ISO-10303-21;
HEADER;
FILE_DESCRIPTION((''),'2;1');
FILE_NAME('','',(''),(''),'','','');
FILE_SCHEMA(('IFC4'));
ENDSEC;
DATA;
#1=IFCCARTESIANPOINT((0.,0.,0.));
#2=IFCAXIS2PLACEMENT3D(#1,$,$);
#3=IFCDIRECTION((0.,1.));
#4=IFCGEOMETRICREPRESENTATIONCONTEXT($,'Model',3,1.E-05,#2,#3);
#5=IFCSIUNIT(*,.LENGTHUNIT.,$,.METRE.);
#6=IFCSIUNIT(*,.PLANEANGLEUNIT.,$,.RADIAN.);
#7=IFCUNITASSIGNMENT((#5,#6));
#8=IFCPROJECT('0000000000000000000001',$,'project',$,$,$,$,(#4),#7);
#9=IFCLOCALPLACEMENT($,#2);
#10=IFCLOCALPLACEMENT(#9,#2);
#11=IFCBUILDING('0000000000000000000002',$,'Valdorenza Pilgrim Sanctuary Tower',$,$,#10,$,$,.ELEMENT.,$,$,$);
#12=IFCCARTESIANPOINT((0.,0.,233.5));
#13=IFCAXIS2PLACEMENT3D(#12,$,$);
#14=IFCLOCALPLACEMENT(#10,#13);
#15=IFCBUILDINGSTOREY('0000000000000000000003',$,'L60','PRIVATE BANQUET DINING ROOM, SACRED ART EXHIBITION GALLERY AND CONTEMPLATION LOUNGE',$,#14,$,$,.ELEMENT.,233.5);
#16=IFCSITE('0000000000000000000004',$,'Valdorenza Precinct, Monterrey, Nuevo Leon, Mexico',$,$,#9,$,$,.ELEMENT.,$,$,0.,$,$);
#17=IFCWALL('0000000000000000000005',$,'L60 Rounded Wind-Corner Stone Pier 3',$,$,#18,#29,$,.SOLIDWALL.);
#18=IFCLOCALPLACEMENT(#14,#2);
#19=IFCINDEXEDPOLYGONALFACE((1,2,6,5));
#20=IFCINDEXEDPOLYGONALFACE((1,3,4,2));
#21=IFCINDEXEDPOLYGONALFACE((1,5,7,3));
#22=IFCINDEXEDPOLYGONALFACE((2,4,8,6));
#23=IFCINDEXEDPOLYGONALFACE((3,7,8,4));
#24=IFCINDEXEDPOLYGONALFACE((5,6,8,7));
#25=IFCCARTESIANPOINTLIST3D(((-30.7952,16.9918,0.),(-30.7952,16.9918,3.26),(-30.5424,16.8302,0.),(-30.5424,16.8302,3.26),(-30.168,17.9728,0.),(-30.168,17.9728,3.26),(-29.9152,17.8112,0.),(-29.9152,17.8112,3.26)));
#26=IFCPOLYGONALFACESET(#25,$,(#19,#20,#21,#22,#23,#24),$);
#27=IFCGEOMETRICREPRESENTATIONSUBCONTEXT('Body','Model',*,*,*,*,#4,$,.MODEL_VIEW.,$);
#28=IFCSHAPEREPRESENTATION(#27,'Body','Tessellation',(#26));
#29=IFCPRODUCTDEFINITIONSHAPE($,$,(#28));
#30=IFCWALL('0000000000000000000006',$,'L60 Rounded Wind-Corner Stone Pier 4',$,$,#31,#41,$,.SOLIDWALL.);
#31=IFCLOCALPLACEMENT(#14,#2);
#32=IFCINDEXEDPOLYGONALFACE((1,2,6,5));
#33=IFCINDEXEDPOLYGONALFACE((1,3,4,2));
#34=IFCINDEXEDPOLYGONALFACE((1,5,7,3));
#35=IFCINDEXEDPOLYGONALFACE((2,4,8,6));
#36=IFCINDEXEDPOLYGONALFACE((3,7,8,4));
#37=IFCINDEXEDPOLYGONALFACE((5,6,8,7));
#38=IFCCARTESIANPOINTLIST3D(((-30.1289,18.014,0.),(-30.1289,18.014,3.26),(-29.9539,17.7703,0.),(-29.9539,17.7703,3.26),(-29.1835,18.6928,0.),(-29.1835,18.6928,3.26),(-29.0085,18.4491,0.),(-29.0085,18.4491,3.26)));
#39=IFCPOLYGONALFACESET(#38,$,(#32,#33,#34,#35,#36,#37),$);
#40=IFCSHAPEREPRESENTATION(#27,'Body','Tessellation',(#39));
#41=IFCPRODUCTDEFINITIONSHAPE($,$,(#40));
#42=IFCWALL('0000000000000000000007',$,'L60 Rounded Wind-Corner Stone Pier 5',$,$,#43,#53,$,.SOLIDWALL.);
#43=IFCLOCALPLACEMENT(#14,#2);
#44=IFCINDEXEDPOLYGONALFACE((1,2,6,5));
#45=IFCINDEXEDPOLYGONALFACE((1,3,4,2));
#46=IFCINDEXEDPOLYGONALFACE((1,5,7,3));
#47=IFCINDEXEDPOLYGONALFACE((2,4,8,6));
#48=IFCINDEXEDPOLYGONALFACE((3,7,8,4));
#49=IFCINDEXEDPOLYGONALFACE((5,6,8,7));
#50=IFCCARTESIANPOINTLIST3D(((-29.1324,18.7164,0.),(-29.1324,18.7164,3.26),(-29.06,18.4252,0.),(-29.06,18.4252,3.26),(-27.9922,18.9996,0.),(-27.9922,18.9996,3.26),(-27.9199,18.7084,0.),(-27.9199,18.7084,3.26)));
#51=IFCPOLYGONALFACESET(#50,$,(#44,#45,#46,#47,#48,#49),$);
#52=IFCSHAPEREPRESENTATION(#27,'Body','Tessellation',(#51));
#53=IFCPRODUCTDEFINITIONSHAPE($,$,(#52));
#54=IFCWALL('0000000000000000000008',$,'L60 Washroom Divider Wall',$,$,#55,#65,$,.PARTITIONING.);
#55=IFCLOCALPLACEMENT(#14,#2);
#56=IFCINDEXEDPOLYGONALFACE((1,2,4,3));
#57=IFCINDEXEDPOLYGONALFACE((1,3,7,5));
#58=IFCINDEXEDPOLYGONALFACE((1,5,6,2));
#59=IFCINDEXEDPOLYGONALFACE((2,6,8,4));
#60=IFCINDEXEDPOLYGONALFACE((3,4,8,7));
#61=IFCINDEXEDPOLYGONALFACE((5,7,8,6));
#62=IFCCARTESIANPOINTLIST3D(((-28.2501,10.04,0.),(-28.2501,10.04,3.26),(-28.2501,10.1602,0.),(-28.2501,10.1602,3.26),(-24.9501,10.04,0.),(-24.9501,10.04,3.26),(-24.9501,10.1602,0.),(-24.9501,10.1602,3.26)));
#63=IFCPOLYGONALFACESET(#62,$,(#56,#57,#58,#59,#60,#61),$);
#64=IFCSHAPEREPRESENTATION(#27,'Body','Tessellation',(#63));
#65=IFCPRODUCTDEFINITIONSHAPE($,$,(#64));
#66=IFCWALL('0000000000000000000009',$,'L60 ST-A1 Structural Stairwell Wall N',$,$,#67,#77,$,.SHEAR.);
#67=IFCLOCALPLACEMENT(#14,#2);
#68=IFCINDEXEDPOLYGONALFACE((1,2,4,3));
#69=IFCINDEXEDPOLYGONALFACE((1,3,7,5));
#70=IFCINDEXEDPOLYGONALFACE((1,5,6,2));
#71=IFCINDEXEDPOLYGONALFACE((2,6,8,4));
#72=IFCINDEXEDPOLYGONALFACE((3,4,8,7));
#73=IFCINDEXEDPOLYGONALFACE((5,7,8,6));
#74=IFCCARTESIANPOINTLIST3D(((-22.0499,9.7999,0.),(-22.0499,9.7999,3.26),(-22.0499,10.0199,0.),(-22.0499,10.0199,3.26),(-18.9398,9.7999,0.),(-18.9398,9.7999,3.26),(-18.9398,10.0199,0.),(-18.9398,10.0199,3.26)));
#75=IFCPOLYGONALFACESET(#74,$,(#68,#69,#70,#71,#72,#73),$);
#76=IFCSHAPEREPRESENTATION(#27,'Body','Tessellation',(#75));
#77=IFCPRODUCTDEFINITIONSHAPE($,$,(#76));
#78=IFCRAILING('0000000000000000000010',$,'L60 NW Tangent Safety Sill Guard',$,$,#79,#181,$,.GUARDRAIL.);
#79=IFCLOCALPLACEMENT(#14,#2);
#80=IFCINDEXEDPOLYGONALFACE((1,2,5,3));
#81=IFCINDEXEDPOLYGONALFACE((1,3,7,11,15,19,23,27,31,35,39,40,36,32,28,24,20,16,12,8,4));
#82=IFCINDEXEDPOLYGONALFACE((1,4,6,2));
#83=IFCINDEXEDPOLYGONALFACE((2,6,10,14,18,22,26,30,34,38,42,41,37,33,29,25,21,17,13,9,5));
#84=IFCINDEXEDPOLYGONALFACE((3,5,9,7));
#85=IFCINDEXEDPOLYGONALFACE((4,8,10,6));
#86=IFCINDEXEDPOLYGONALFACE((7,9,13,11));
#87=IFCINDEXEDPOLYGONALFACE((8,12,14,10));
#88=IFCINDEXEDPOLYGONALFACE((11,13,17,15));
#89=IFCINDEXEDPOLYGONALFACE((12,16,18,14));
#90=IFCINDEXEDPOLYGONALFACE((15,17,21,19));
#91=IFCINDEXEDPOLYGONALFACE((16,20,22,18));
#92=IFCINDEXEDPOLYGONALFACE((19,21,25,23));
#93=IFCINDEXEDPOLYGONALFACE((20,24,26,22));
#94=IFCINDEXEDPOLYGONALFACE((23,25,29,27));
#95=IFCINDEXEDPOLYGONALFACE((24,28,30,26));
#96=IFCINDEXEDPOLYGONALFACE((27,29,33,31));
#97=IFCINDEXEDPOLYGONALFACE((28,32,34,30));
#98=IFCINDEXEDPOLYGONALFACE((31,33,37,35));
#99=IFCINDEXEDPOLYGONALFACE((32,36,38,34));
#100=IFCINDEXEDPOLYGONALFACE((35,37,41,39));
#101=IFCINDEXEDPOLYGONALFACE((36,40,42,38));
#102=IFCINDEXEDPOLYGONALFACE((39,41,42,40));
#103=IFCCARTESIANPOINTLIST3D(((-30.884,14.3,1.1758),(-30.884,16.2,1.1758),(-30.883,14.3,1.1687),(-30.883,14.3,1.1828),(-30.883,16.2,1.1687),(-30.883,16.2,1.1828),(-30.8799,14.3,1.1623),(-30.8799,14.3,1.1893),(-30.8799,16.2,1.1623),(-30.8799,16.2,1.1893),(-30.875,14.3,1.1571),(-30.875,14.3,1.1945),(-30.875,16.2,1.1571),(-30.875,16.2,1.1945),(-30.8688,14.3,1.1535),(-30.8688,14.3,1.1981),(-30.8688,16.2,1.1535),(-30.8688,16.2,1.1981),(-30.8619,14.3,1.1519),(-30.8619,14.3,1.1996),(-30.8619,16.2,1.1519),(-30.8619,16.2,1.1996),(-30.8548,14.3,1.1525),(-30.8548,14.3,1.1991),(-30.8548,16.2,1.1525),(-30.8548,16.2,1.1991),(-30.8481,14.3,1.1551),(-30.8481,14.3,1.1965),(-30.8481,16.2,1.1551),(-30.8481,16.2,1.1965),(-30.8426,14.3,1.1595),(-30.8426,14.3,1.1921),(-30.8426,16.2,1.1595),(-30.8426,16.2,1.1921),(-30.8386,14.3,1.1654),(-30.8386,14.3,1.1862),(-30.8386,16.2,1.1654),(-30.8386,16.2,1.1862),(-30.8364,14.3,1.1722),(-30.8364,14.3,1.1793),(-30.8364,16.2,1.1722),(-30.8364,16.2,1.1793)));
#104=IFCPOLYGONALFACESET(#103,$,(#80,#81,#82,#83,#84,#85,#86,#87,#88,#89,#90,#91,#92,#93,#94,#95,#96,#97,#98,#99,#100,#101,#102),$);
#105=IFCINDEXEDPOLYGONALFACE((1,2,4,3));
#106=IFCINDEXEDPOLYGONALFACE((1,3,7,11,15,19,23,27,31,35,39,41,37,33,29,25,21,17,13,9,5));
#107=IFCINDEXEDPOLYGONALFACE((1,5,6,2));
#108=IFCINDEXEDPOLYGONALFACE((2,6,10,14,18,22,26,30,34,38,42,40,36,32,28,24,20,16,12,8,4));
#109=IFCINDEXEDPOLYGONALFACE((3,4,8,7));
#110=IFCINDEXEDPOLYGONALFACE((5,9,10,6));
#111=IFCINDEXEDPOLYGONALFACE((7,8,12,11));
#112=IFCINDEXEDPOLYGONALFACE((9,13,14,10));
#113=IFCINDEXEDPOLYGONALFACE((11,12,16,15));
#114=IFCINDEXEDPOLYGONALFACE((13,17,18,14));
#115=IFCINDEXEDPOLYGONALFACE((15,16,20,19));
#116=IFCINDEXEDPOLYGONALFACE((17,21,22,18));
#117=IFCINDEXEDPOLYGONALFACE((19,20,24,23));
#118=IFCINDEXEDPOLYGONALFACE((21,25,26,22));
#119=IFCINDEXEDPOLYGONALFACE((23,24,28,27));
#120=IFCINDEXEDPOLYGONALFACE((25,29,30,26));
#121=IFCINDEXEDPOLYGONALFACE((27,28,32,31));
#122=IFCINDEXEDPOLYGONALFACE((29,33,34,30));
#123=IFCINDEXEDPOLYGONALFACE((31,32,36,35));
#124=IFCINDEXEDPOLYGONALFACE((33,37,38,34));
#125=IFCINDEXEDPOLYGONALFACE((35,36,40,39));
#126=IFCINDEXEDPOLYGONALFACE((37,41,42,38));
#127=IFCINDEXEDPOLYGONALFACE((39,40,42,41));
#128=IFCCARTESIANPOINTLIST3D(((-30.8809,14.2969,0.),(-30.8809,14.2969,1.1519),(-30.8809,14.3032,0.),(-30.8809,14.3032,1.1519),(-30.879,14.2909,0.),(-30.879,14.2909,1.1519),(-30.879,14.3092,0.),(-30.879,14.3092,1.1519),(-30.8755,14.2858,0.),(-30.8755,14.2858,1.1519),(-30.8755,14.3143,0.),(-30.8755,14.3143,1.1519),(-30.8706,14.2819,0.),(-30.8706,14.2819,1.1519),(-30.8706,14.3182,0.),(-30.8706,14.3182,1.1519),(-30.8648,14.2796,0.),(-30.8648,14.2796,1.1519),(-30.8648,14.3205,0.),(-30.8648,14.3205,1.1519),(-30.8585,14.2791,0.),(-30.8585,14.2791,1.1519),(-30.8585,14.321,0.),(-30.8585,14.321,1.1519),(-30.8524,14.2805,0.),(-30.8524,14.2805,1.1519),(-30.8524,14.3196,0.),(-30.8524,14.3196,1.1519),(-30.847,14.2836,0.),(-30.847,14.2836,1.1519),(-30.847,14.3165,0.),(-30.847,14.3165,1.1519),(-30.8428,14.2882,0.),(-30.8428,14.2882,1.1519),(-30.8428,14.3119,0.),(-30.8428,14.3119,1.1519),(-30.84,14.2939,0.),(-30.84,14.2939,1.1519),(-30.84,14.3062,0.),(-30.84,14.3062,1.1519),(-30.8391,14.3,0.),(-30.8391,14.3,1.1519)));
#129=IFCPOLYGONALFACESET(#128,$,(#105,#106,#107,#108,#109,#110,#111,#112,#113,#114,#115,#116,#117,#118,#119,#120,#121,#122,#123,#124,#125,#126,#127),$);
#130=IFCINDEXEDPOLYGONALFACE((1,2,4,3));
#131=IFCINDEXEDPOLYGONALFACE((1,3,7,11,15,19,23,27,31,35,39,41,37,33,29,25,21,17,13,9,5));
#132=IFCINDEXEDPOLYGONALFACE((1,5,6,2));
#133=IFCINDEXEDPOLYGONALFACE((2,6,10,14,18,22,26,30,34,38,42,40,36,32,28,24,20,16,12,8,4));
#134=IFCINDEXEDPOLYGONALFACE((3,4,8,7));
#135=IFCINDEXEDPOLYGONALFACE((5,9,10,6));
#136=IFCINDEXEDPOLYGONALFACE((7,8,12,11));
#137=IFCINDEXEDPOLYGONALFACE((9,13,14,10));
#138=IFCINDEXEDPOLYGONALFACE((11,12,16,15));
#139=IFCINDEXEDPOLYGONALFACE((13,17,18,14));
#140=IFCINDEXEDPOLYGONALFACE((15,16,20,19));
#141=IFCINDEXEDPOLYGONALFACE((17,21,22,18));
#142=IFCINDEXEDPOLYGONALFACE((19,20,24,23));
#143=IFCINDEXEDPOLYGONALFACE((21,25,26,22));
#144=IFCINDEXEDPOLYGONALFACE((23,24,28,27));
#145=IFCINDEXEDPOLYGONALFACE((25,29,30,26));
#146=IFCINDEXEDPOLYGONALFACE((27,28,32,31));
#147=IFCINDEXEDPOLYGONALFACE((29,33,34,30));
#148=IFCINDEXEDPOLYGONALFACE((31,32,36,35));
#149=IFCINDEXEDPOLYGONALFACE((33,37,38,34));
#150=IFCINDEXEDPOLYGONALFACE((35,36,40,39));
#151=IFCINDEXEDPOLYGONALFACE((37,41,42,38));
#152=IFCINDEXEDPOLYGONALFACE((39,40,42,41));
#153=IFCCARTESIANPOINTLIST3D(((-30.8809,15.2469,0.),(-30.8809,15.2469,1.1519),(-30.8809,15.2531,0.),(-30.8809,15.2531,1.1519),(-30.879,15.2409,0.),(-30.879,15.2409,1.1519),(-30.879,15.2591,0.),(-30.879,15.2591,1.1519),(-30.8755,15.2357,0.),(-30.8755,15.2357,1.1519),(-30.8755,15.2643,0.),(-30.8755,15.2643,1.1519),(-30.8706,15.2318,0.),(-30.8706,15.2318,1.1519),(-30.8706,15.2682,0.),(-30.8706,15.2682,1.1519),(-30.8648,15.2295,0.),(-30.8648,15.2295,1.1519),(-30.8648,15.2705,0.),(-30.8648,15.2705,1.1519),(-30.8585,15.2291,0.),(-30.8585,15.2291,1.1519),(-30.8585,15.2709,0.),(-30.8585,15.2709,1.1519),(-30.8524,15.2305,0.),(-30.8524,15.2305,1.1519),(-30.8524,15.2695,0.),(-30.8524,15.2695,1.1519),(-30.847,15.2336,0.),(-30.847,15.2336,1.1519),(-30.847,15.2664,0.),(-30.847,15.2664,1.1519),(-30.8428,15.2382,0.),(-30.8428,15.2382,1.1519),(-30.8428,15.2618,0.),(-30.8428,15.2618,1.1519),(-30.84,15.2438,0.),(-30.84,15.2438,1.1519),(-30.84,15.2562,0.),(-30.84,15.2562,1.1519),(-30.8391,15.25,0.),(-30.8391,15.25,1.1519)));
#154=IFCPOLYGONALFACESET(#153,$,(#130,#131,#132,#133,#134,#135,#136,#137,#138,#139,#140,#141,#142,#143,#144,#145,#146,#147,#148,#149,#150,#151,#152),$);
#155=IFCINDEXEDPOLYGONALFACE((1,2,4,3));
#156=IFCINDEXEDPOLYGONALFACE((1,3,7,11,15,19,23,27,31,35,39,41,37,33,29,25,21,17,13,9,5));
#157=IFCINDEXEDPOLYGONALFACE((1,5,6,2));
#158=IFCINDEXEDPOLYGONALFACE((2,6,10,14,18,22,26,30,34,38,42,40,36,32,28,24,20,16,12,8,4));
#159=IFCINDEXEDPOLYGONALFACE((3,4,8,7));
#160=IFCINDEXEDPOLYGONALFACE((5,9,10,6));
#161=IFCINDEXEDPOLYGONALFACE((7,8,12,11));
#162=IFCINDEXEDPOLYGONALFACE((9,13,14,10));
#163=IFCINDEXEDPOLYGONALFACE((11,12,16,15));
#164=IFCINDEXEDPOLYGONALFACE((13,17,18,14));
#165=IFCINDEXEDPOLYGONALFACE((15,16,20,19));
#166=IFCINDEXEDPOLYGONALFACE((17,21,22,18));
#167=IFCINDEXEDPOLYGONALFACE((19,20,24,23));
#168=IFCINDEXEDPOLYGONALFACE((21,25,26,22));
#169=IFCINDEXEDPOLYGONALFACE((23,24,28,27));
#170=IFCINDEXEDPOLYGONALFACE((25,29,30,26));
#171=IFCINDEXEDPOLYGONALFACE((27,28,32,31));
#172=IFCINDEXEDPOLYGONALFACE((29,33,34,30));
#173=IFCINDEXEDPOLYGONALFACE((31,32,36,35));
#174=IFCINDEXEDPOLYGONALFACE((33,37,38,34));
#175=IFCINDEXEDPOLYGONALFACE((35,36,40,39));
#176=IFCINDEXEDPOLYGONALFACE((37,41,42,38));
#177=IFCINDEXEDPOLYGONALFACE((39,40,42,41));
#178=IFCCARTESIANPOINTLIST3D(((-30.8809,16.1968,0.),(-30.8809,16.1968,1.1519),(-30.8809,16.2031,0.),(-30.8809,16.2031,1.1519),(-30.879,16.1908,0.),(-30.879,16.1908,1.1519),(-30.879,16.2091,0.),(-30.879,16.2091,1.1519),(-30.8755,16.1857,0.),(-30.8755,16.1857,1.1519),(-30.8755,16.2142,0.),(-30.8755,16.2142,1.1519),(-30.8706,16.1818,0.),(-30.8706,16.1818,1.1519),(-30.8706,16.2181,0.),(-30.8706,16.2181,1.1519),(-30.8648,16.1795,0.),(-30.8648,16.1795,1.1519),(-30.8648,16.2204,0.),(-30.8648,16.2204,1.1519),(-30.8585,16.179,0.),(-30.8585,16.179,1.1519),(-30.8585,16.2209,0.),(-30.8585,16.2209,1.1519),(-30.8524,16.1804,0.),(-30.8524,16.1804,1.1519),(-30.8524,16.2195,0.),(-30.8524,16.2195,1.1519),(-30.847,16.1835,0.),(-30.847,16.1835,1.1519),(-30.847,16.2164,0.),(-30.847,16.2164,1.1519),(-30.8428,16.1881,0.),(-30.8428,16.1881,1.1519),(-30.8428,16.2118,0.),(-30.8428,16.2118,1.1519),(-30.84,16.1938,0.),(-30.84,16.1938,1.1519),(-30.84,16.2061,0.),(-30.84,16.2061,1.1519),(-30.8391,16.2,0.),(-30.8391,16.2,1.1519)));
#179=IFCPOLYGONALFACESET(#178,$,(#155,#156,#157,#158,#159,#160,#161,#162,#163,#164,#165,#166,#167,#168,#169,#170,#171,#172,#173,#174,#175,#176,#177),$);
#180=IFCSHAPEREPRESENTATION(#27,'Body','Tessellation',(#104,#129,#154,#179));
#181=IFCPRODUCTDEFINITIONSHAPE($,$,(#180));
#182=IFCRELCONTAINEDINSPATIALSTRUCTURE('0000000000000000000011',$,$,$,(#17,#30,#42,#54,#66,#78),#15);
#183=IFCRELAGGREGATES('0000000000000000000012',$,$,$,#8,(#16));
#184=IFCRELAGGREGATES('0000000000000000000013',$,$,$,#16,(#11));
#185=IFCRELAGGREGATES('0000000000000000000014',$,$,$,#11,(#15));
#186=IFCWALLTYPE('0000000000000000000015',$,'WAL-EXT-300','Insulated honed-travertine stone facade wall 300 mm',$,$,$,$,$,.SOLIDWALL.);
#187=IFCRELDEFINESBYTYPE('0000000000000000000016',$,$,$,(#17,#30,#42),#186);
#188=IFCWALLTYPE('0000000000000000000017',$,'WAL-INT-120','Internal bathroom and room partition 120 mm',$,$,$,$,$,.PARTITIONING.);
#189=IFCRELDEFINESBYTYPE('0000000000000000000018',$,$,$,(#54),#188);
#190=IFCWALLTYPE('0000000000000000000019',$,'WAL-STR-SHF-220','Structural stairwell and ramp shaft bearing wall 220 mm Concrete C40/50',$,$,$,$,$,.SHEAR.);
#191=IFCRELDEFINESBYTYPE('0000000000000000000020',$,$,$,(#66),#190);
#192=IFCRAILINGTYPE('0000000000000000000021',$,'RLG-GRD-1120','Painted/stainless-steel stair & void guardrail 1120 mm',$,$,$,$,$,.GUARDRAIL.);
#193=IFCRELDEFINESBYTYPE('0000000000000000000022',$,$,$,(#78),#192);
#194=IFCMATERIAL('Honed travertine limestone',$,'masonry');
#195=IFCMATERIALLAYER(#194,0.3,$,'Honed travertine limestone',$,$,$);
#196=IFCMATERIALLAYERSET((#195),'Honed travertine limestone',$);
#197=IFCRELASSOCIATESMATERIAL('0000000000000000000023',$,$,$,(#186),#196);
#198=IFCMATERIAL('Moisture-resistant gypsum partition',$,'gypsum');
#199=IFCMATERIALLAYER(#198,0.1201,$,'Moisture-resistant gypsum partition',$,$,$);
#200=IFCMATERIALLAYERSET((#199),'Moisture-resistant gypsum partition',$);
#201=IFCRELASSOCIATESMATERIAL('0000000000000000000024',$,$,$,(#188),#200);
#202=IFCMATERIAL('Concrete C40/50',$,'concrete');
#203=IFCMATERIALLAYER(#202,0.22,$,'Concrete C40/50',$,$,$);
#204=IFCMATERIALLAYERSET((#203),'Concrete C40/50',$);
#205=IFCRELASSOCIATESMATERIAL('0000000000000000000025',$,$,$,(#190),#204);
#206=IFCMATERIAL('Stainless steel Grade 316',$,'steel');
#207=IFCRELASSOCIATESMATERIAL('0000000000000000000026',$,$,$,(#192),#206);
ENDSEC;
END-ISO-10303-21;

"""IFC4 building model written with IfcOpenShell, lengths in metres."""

from ifc_helpers import new_model, si_unit, direction, frame, frame_2d, origin, origin_2d, place, context, subcontext, project, spatial, rectangle, circle, extrude, material, layer, layer_set, type_object, element, save


model = new_model("IFC4")

# Units and contexts
model_context = context("Model", 3, precision=1e-05, world=origin(), true_north=direction((0.0, 1.0)))
body_context = subcontext(model_context, "Body", "Model", "MODEL_VIEW")
ifc_project = project(units=[si_unit("LENGTHUNIT", "METRE"), si_unit("PLANEANGLEUNIT", "RADIAN")], contexts=[model_context])

# Site, building, storey
site_placement = place(None, origin())
site = spatial("IfcSite", under=ifc_project, at=site_placement, Name="Valdorenza Precinct, Monterrey, Nuevo Leon, Mexico", CompositionType="ELEMENT", RefElevation=0.0)
building_placement = place(site_placement, origin())
building = spatial("IfcBuilding", under=site, at=building_placement, Name="Valdorenza Pilgrim Sanctuary Tower", CompositionType="ELEMENT")
storey_placement = place(building_placement, frame((0.0, 0.0, 233.5)))
storey = spatial("IfcBuildingStorey", under=building, at=storey_placement, Name="L60", Description="PRIVATE BANQUET DINING ROOM, SACRED ART EXHIBITION GALLERY AND CONTEMPLATION LOUNGE", CompositionType="ELEMENT", Elevation=233.5)

# Shared definitions
ifc_material_1 = material(Name="Honed travertine limestone", Category="masonry")

# Walls
ifc_layer_1 = layer(ifc_material_1, 0.3, Name="Honed travertine limestone")
ifc_layer_set_1 = layer_set([ifc_layer_1], Name="Honed travertine limestone")
wall_type_1 = type_object("IfcWallType", Name="WAL-EXT-300", Description="Insulated honed-travertine stone facade wall 300 mm", PredefinedType="SOLIDWALL", material=ifc_layer_set_1)
wall_1_placement = place(storey_placement, frame((-30.6687, 16.9111, 0.0), z_axis=(0.0, 0.0, 1.0), x_axis=(0.538679, 0.842511, 0.0)))
element("IfcWall", 1, at=wall_1_placement, inside=storey, type_object=wall_type_1, Name="L60 Rounded Wind-Corner Stone Pier 3", PredefinedType="SOLIDWALL", context=body_context, shape_type="SweptSolid", body=[
    extrude(rectangle(XDim=1.1643, YDim=0.3, at=frame_2d((0.582, 0.0))), origin(), (0.0, 0.0, 1.0), 3.26),
])
wall_2_placement = place(storey_placement, frame((-30.0415, 17.8921, 0.0), z_axis=(0.0, 0.0, 1.0), x_axis=(0.812314, 0.583221, 0.0)))
element("IfcWall", 2, at=wall_2_placement, inside=storey, type_object=wall_type_1, Name="L60 Rounded Wind-Corner Stone Pier 4", PredefinedType="SOLIDWALL", context=body_context, shape_type="SweptSolid", body=[
    extrude(rectangle(XDim=1.1638, YDim=0.3, at=frame_2d((0.582, 0.0))), origin(), (0.0, 0.0, 1.0), 3.26),
])
wall_3_placement = place(storey_placement, frame((-29.0962, 18.5708, 0.0), z_axis=(0.0, 0.0, 1.0), x_axis=(0.970508, 0.241068, 0.0)))
element("IfcWall", 3, at=wall_3_placement, inside=storey, type_object=wall_type_1, Name="L60 Rounded Wind-Corner Stone Pier 5", PredefinedType="SOLIDWALL", context=body_context, shape_type="SweptSolid", body=[
    extrude(rectangle(XDim=1.1748, YDim=0.3, at=frame_2d((0.5874, 0.0))), origin(), (0.0, 0.0, 1.0), 3.26),
])
ifc_material_2 = material(Name="Moisture-resistant gypsum partition", Category="gypsum")
ifc_layer_2 = layer(ifc_material_2, 0.1201, Name="Moisture-resistant gypsum partition")
ifc_layer_set_2 = layer_set([ifc_layer_2], Name="Moisture-resistant gypsum partition")
wall_type_2 = type_object("IfcWallType", Name="WAL-INT-120", Description="Internal bathroom and room partition 120 mm", PredefinedType="PARTITIONING", material=ifc_layer_set_2)
wall_4_placement = place(storey_placement, frame((-28.25, 10.1001, 0.0), z_axis=(0.0, 0.0, 1.0), x_axis=(1.0, 0.0, 0.0)))
element("IfcWall", 4, at=wall_4_placement, inside=storey, type_object=wall_type_2, Name="L60 Washroom Divider Wall", PredefinedType="PARTITIONING", context=body_context, shape_type="SweptSolid", body=[
    extrude(rectangle(XDim=3.3, YDim=0.1201, at=frame_2d((1.6499, 0.0))), origin(), (0.0, 0.0, 1.0), 3.26),
])
ifc_material_3 = material(Name="Concrete C40/50", Category="concrete")
ifc_layer_3 = layer(ifc_material_3, 0.22, Name="Concrete C40/50")
ifc_layer_set_3 = layer_set([ifc_layer_3], Name="Concrete C40/50")
wall_type_3 = type_object("IfcWallType", Name="WAL-STR-SHF-220", Description="Structural stairwell and ramp shaft bearing wall 220 mm Concrete C40/50", PredefinedType="SHEAR", material=ifc_layer_set_3)
wall_5_placement = place(storey_placement, frame((-22.05, 9.9099, 0.0), z_axis=(0.0, 0.0, 1.0), x_axis=(1.0, 0.0, 0.0)))
element("IfcWall", 5, at=wall_5_placement, inside=storey, type_object=wall_type_3, Name="L60 ST-A1 Structural Stairwell Wall N", PredefinedType="SHEAR", context=body_context, shape_type="SweptSolid", body=[
    extrude(rectangle(XDim=3.1101, YDim=0.22, at=frame_2d((1.5552, 0.0))), origin(), (0.0, 0.0, 1.0), 3.26),
])

# Railing
ifc_material_4 = material(Name="Stainless steel Grade 316", Category="steel")
railing_type = type_object("IfcRailingType", Name="RLG-GRD-1120", Description="Painted/stainless-steel stair & void guardrail 1120 mm", PredefinedType="GUARDRAIL", material=ifc_material_4)
railing_placement = place(storey_placement, frame((-30.8601, 14.3, 0.0)))
element("IfcRailing", 6, at=railing_placement, inside=storey, type_object=railing_type, Name="L60 NW Tangent Safety Sill Guard", PredefinedType="GUARDRAIL", context=body_context, shape_type="SweptSolid", body=[
    extrude(circle(Radius=0.0239, at=origin_2d()), frame((0.0, 0.0, 1.1758), z_axis=(0.0, 1.0, 0.0), x_axis=(-1.0, 0.0, 0.0)), (0.0, 0.0, 1.0), 1.8999),
    extrude(circle(Radius=0.021, at=origin_2d()), origin(), (0.0, 0.0, 1.0), 1.1519),
    extrude(circle(Radius=0.021, at=origin_2d()), frame((0.0, 0.95, 0.0)), (0.0, 0.0, 1.0), 1.1519),
    extrude(circle(Radius=0.021, at=origin_2d()), frame((0.0, 1.8999, 0.0)), (0.0, 0.0, 1.0), 1.1519),
])

save(model, "model.ifc")
